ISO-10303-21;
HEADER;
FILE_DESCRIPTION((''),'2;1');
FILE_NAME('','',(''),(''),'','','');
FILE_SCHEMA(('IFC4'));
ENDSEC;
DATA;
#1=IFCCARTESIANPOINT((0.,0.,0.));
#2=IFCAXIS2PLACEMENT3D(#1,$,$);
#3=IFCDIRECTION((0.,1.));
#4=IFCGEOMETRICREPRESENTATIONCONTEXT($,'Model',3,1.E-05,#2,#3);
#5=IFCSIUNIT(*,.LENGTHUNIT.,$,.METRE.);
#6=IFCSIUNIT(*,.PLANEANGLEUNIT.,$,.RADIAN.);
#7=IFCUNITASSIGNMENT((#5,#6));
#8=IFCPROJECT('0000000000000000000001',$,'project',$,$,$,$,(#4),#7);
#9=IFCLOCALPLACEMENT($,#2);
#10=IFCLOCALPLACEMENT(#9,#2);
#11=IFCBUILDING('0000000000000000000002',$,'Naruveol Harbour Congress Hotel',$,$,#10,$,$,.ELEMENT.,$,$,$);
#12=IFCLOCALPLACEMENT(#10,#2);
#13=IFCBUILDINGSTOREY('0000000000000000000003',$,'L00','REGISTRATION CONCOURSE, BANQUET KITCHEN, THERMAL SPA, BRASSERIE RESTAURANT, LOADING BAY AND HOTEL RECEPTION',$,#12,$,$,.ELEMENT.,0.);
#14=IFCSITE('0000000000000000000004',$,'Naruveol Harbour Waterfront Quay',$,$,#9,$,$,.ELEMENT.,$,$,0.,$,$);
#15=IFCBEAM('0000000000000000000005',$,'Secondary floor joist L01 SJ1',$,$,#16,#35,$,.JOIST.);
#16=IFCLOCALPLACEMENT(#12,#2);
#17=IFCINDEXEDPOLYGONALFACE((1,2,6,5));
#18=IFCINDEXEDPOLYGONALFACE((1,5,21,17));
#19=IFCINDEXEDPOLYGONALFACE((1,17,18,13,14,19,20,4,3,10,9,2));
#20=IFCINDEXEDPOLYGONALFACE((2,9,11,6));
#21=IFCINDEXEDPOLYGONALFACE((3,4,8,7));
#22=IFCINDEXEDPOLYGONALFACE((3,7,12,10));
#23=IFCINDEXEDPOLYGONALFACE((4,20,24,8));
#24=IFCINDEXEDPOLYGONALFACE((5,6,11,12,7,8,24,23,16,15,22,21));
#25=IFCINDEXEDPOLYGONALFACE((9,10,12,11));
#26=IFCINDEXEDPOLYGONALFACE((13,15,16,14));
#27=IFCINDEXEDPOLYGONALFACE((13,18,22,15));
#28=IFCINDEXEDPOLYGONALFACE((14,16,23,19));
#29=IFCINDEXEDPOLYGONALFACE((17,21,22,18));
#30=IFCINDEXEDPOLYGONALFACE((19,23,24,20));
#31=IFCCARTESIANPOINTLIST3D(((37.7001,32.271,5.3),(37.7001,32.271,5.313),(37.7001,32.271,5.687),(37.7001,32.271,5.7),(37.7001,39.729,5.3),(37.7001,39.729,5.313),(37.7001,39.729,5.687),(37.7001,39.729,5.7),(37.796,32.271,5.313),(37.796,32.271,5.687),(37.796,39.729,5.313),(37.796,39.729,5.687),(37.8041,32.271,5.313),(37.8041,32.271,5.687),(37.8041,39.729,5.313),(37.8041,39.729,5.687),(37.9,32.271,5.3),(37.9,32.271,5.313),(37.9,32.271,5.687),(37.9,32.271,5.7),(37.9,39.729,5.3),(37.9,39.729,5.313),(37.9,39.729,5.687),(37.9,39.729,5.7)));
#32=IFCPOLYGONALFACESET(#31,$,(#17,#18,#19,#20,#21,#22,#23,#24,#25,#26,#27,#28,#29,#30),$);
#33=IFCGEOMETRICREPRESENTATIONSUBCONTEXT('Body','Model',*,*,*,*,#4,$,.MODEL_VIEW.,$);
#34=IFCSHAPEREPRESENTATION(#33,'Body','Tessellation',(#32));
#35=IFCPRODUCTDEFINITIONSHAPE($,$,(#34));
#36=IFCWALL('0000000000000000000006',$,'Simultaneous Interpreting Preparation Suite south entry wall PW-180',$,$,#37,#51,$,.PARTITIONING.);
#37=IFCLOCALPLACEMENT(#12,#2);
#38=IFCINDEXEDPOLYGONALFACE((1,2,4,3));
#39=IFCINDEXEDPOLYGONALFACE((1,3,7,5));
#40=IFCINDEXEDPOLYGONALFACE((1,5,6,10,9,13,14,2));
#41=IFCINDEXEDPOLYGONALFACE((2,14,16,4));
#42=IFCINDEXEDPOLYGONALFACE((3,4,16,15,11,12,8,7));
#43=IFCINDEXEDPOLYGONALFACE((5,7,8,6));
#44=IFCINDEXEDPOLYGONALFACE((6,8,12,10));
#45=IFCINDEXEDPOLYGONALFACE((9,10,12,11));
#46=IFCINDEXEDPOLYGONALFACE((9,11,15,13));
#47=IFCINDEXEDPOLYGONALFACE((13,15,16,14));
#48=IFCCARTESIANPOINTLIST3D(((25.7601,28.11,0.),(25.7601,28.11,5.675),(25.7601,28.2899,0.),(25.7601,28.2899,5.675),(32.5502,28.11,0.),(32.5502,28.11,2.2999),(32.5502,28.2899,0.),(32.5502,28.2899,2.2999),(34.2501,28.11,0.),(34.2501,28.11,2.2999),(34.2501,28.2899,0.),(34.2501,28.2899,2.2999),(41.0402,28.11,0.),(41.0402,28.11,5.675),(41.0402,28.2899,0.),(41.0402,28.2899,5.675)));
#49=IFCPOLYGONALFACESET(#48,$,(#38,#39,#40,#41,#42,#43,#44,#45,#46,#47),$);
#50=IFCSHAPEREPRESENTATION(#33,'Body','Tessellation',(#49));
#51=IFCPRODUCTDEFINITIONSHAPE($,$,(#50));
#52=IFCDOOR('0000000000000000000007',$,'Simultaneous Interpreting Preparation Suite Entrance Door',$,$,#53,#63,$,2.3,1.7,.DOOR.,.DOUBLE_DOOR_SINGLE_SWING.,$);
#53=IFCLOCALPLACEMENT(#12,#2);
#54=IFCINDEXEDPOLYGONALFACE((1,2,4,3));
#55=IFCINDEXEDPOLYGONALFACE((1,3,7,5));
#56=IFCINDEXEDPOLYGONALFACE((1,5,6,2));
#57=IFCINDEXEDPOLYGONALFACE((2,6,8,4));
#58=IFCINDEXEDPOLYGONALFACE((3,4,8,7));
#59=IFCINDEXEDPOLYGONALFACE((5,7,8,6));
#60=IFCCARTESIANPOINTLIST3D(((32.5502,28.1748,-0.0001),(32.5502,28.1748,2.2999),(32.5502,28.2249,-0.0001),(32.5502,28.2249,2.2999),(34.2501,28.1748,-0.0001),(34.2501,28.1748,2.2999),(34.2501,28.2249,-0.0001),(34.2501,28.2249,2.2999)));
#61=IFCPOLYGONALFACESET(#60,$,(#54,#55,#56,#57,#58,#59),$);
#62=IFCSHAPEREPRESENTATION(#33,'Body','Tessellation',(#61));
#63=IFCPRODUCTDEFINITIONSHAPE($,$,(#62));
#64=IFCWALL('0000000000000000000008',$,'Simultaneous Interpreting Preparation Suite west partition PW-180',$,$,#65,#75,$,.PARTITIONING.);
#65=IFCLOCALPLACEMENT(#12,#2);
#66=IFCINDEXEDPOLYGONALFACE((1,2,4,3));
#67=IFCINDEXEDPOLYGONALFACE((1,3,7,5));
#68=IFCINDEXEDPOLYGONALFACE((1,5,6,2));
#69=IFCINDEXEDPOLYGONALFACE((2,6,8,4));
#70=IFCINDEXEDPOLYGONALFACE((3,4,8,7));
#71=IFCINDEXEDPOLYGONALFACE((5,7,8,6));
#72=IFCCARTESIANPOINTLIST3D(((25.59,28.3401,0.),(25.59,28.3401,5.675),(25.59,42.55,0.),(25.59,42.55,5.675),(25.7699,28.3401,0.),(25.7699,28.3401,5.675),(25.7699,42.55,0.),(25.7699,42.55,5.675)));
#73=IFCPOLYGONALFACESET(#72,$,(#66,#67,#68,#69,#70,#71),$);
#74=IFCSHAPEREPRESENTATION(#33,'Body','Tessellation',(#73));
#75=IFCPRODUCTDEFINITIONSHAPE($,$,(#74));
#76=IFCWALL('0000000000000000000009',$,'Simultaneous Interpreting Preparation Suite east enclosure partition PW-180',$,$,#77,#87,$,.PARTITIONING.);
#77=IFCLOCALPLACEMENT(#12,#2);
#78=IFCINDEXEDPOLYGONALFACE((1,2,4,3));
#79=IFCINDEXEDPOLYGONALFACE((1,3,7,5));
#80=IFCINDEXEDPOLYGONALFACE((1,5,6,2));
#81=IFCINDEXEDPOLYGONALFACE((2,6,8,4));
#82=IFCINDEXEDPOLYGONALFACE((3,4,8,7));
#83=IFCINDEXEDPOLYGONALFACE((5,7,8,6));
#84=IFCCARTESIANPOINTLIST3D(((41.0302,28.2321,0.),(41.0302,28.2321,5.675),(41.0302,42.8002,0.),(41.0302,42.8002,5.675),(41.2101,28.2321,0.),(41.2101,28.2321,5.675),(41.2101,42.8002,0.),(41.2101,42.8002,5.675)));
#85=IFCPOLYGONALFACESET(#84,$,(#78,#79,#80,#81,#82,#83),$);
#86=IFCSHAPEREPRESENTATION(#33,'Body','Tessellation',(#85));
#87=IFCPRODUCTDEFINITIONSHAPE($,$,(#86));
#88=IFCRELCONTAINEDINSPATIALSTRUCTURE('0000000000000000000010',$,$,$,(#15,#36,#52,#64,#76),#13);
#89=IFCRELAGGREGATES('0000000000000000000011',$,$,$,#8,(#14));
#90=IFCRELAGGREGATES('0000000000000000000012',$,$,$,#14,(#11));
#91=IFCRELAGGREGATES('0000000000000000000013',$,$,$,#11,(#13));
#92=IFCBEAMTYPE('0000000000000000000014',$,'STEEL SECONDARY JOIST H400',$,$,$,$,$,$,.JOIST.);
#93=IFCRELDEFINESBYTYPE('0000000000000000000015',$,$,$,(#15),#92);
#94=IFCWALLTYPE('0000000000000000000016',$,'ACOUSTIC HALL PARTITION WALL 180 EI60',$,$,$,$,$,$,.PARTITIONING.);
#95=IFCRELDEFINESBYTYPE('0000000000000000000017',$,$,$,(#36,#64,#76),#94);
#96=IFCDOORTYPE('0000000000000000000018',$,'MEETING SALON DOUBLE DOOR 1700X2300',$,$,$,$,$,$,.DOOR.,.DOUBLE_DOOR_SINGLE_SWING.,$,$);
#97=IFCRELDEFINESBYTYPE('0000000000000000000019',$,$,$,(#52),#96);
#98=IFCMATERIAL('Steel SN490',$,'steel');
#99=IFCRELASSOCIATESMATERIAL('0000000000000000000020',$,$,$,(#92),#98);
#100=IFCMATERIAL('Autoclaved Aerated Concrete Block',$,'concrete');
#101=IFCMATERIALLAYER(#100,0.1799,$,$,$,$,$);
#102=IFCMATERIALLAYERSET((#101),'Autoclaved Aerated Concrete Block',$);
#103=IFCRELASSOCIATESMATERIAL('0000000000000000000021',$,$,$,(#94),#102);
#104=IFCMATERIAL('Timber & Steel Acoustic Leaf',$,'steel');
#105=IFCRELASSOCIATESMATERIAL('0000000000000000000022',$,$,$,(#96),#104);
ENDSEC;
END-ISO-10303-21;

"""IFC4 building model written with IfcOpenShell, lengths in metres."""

from ifc_helpers import new_model, si_unit, direction, frame, frame_2d, origin, origin_2d, place, context, subcontext, project, spatial, rectangle, i_section, extrude, material, layer, layer_set, material_profile, profile_set, type_object, element, fill, save


model = new_model("IFC4")

# Units and contexts
model_context = context("Model", 3, precision=1e-05, world=origin(), true_north=direction((0.0, 1.0)))
body_context = subcontext(model_context, "Body", "Model", "MODEL_VIEW")
ifc_project = project(units=[si_unit("LENGTHUNIT", "METRE"), si_unit("PLANEANGLEUNIT", "RADIAN")], contexts=[model_context])

# Site, building, storey
site_placement = place(None, origin())
site = spatial("IfcSite", under=ifc_project, at=site_placement, Name="Naruveol Harbour Waterfront Quay", CompositionType="ELEMENT", RefElevation=0.0)
building_placement = place(site_placement, origin())
building = spatial("IfcBuilding", under=site, at=building_placement, Name="Naruveol Harbour Congress Hotel", CompositionType="ELEMENT")
storey_placement = place(building_placement, origin())
storey = spatial("IfcBuildingStorey", under=building, at=storey_placement, Name="L00", Description="REGISTRATION CONCOURSE, BANQUET KITCHEN, THERMAL SPA, BRASSERIE RESTAURANT, LOADING BAY AND HOTEL RECEPTION", CompositionType="ELEMENT", Elevation=0.0)

# Beam
ifc_material_1 = material(Name="Steel SN490", Category="steel")
ifc_material_profile_1 = material_profile(ifc_material_1, i_section(OverallWidth=0.2, OverallDepth=0.3999, WebThickness=0.0081, FlangeThickness=0.0129, at=origin_2d()), Name="H-400x200x8x13")
ifc_profile_set_1 = profile_set([ifc_material_profile_1], Name="Steel SN490")
beam_type_1 = type_object("IfcBeamType", Name="STEEL SECONDARY JOIST H400", PredefinedType="JOIST", material=ifc_profile_set_1)
for number, where, z_axis, x_axis, name in (
    (1, (37.8, 32.271, 5.5), (0.0, 1.0, 0.0), (-1.0, 0.0, 0.0), "Secondary floor joist L01 SJ1"),
):
    element("IfcBeam", number, at=place(storey_placement, frame(where, z_axis=z_axis, x_axis=x_axis)), inside=storey, type_object=beam_type_1, Name=name, PredefinedType="JOIST", context=body_context, shape_type="SweptSolid", body=[
        extrude(i_section(OverallWidth=0.2, OverallDepth=0.3999, WebThickness=0.0081, FlangeThickness=0.0129, at=origin_2d()), origin(), (0.0, 0.0, 1.0), 7.458),
    ])

# Wall, opening, door
ifc_material_2 = material(Name="Autoclaved Aerated Concrete Block", Category="concrete")
ifc_layer = layer(ifc_material_2, 0.1799)
ifc_layer_set = layer_set([ifc_layer], Name="Autoclaved Aerated Concrete Block")
wall_type = type_object("IfcWallType", Name="ACOUSTIC HALL PARTITION WALL 180 EI60", PredefinedType="PARTITIONING", material=ifc_layer_set)
wall_1_placement = place(storey_placement, frame((25.76, 28.2, 0.0), z_axis=(0.0, 0.0, 1.0), x_axis=(1.0, 0.0, 0.0)))
wall_1 = element("IfcWall", 2, at=wall_1_placement, inside=storey, type_object=wall_type, Name="Simultaneous Interpreting Preparation Suite south entry wall PW-180", PredefinedType="PARTITIONING", context=body_context, shape_type="SweptSolid", body=[
    extrude(rectangle(XDim=15.28, YDim=0.1799, at=frame_2d((7.6401, 0.0))), origin(), (0.0, 0.0, 1.0), 5.675),
])
opening_placement = place(wall_1_placement, frame((6.79, 0.0, 0.0)))
opening = element("IfcOpeningElement", 3, at=opening_placement, cuts=wall_1, PredefinedType="OPENING", context=body_context, shape_type="SweptSolid", body=[
    extrude(rectangle(XDim=1.7, YDim=2.3, at=frame_2d((0.8501, 1.1499))), frame((0.0, 0.0999, 0.0), z_axis=(0.0, -1.0, 0.0), x_axis=(1.0, 0.0, 0.0)), (0.0, 0.0, 1.0), 0.2),
])
ifc_material_3 = material(Name="Timber & Steel Acoustic Leaf", Category="steel")
door_type = type_object("IfcDoorType", Name="MEETING SALON DOUBLE DOOR 1700X2300", OperationType="DOUBLE_DOOR_SINGLE_SWING", PredefinedType="DOOR", material=ifc_material_3)
door_placement = place(opening_placement, origin())
door = element("IfcDoor", 4, at=door_placement, inside=storey, type_object=door_type, Name="Simultaneous Interpreting Preparation Suite Entrance Door", OperationType="DOUBLE_DOOR_SINGLE_SWING", OverallHeight=2.3, OverallWidth=1.7, PredefinedType="DOOR", context=body_context, shape_type="SweptSolid", body=[
    extrude(rectangle(XDim=1.7, YDim=2.3, at=frame_2d((0.8501, 1.1499))), frame((0.0, 0.0249, 0.0), z_axis=(0.0, -1.0, 0.0), x_axis=(1.0, 0.0, 0.0)), (0.0, 0.0, 1.0), 0.05),
])
fill(opening, door)

# Walls
wall_2_placement = place(storey_placement, frame((25.6799, 28.3401, 0.0), z_axis=(0.0, 0.0, 1.0), x_axis=(0.0, 1.0, 0.0)))
element("IfcWall", 5, at=wall_2_placement, inside=storey, type_object=wall_type, Name="Simultaneous Interpreting Preparation Suite west partition PW-180", PredefinedType="PARTITIONING", context=body_context, shape_type="SweptSolid", body=[
    extrude(rectangle(XDim=14.21, YDim=0.1799, at=frame_2d((7.105, 0.0))), origin(), (0.0, 0.0, 1.0), 5.675),
])
wall_3_placement = place(storey_placement, frame((41.1201, 28.2319, 0.0), z_axis=(0.0, 0.0, 1.0), x_axis=(0.0, 1.0, 0.0)))
element("IfcWall", 6, at=wall_3_placement, inside=storey, type_object=wall_type, Name="Simultaneous Interpreting Preparation Suite east enclosure partition PW-180", PredefinedType="PARTITIONING", context=body_context, shape_type="SweptSolid", body=[
    extrude(rectangle(XDim=14.5681, YDim=0.1799, at=frame_2d((7.2842, 0.0))), origin(), (0.0, 0.0, 1.0), 5.675),
])

save(model, "model.ifc")
